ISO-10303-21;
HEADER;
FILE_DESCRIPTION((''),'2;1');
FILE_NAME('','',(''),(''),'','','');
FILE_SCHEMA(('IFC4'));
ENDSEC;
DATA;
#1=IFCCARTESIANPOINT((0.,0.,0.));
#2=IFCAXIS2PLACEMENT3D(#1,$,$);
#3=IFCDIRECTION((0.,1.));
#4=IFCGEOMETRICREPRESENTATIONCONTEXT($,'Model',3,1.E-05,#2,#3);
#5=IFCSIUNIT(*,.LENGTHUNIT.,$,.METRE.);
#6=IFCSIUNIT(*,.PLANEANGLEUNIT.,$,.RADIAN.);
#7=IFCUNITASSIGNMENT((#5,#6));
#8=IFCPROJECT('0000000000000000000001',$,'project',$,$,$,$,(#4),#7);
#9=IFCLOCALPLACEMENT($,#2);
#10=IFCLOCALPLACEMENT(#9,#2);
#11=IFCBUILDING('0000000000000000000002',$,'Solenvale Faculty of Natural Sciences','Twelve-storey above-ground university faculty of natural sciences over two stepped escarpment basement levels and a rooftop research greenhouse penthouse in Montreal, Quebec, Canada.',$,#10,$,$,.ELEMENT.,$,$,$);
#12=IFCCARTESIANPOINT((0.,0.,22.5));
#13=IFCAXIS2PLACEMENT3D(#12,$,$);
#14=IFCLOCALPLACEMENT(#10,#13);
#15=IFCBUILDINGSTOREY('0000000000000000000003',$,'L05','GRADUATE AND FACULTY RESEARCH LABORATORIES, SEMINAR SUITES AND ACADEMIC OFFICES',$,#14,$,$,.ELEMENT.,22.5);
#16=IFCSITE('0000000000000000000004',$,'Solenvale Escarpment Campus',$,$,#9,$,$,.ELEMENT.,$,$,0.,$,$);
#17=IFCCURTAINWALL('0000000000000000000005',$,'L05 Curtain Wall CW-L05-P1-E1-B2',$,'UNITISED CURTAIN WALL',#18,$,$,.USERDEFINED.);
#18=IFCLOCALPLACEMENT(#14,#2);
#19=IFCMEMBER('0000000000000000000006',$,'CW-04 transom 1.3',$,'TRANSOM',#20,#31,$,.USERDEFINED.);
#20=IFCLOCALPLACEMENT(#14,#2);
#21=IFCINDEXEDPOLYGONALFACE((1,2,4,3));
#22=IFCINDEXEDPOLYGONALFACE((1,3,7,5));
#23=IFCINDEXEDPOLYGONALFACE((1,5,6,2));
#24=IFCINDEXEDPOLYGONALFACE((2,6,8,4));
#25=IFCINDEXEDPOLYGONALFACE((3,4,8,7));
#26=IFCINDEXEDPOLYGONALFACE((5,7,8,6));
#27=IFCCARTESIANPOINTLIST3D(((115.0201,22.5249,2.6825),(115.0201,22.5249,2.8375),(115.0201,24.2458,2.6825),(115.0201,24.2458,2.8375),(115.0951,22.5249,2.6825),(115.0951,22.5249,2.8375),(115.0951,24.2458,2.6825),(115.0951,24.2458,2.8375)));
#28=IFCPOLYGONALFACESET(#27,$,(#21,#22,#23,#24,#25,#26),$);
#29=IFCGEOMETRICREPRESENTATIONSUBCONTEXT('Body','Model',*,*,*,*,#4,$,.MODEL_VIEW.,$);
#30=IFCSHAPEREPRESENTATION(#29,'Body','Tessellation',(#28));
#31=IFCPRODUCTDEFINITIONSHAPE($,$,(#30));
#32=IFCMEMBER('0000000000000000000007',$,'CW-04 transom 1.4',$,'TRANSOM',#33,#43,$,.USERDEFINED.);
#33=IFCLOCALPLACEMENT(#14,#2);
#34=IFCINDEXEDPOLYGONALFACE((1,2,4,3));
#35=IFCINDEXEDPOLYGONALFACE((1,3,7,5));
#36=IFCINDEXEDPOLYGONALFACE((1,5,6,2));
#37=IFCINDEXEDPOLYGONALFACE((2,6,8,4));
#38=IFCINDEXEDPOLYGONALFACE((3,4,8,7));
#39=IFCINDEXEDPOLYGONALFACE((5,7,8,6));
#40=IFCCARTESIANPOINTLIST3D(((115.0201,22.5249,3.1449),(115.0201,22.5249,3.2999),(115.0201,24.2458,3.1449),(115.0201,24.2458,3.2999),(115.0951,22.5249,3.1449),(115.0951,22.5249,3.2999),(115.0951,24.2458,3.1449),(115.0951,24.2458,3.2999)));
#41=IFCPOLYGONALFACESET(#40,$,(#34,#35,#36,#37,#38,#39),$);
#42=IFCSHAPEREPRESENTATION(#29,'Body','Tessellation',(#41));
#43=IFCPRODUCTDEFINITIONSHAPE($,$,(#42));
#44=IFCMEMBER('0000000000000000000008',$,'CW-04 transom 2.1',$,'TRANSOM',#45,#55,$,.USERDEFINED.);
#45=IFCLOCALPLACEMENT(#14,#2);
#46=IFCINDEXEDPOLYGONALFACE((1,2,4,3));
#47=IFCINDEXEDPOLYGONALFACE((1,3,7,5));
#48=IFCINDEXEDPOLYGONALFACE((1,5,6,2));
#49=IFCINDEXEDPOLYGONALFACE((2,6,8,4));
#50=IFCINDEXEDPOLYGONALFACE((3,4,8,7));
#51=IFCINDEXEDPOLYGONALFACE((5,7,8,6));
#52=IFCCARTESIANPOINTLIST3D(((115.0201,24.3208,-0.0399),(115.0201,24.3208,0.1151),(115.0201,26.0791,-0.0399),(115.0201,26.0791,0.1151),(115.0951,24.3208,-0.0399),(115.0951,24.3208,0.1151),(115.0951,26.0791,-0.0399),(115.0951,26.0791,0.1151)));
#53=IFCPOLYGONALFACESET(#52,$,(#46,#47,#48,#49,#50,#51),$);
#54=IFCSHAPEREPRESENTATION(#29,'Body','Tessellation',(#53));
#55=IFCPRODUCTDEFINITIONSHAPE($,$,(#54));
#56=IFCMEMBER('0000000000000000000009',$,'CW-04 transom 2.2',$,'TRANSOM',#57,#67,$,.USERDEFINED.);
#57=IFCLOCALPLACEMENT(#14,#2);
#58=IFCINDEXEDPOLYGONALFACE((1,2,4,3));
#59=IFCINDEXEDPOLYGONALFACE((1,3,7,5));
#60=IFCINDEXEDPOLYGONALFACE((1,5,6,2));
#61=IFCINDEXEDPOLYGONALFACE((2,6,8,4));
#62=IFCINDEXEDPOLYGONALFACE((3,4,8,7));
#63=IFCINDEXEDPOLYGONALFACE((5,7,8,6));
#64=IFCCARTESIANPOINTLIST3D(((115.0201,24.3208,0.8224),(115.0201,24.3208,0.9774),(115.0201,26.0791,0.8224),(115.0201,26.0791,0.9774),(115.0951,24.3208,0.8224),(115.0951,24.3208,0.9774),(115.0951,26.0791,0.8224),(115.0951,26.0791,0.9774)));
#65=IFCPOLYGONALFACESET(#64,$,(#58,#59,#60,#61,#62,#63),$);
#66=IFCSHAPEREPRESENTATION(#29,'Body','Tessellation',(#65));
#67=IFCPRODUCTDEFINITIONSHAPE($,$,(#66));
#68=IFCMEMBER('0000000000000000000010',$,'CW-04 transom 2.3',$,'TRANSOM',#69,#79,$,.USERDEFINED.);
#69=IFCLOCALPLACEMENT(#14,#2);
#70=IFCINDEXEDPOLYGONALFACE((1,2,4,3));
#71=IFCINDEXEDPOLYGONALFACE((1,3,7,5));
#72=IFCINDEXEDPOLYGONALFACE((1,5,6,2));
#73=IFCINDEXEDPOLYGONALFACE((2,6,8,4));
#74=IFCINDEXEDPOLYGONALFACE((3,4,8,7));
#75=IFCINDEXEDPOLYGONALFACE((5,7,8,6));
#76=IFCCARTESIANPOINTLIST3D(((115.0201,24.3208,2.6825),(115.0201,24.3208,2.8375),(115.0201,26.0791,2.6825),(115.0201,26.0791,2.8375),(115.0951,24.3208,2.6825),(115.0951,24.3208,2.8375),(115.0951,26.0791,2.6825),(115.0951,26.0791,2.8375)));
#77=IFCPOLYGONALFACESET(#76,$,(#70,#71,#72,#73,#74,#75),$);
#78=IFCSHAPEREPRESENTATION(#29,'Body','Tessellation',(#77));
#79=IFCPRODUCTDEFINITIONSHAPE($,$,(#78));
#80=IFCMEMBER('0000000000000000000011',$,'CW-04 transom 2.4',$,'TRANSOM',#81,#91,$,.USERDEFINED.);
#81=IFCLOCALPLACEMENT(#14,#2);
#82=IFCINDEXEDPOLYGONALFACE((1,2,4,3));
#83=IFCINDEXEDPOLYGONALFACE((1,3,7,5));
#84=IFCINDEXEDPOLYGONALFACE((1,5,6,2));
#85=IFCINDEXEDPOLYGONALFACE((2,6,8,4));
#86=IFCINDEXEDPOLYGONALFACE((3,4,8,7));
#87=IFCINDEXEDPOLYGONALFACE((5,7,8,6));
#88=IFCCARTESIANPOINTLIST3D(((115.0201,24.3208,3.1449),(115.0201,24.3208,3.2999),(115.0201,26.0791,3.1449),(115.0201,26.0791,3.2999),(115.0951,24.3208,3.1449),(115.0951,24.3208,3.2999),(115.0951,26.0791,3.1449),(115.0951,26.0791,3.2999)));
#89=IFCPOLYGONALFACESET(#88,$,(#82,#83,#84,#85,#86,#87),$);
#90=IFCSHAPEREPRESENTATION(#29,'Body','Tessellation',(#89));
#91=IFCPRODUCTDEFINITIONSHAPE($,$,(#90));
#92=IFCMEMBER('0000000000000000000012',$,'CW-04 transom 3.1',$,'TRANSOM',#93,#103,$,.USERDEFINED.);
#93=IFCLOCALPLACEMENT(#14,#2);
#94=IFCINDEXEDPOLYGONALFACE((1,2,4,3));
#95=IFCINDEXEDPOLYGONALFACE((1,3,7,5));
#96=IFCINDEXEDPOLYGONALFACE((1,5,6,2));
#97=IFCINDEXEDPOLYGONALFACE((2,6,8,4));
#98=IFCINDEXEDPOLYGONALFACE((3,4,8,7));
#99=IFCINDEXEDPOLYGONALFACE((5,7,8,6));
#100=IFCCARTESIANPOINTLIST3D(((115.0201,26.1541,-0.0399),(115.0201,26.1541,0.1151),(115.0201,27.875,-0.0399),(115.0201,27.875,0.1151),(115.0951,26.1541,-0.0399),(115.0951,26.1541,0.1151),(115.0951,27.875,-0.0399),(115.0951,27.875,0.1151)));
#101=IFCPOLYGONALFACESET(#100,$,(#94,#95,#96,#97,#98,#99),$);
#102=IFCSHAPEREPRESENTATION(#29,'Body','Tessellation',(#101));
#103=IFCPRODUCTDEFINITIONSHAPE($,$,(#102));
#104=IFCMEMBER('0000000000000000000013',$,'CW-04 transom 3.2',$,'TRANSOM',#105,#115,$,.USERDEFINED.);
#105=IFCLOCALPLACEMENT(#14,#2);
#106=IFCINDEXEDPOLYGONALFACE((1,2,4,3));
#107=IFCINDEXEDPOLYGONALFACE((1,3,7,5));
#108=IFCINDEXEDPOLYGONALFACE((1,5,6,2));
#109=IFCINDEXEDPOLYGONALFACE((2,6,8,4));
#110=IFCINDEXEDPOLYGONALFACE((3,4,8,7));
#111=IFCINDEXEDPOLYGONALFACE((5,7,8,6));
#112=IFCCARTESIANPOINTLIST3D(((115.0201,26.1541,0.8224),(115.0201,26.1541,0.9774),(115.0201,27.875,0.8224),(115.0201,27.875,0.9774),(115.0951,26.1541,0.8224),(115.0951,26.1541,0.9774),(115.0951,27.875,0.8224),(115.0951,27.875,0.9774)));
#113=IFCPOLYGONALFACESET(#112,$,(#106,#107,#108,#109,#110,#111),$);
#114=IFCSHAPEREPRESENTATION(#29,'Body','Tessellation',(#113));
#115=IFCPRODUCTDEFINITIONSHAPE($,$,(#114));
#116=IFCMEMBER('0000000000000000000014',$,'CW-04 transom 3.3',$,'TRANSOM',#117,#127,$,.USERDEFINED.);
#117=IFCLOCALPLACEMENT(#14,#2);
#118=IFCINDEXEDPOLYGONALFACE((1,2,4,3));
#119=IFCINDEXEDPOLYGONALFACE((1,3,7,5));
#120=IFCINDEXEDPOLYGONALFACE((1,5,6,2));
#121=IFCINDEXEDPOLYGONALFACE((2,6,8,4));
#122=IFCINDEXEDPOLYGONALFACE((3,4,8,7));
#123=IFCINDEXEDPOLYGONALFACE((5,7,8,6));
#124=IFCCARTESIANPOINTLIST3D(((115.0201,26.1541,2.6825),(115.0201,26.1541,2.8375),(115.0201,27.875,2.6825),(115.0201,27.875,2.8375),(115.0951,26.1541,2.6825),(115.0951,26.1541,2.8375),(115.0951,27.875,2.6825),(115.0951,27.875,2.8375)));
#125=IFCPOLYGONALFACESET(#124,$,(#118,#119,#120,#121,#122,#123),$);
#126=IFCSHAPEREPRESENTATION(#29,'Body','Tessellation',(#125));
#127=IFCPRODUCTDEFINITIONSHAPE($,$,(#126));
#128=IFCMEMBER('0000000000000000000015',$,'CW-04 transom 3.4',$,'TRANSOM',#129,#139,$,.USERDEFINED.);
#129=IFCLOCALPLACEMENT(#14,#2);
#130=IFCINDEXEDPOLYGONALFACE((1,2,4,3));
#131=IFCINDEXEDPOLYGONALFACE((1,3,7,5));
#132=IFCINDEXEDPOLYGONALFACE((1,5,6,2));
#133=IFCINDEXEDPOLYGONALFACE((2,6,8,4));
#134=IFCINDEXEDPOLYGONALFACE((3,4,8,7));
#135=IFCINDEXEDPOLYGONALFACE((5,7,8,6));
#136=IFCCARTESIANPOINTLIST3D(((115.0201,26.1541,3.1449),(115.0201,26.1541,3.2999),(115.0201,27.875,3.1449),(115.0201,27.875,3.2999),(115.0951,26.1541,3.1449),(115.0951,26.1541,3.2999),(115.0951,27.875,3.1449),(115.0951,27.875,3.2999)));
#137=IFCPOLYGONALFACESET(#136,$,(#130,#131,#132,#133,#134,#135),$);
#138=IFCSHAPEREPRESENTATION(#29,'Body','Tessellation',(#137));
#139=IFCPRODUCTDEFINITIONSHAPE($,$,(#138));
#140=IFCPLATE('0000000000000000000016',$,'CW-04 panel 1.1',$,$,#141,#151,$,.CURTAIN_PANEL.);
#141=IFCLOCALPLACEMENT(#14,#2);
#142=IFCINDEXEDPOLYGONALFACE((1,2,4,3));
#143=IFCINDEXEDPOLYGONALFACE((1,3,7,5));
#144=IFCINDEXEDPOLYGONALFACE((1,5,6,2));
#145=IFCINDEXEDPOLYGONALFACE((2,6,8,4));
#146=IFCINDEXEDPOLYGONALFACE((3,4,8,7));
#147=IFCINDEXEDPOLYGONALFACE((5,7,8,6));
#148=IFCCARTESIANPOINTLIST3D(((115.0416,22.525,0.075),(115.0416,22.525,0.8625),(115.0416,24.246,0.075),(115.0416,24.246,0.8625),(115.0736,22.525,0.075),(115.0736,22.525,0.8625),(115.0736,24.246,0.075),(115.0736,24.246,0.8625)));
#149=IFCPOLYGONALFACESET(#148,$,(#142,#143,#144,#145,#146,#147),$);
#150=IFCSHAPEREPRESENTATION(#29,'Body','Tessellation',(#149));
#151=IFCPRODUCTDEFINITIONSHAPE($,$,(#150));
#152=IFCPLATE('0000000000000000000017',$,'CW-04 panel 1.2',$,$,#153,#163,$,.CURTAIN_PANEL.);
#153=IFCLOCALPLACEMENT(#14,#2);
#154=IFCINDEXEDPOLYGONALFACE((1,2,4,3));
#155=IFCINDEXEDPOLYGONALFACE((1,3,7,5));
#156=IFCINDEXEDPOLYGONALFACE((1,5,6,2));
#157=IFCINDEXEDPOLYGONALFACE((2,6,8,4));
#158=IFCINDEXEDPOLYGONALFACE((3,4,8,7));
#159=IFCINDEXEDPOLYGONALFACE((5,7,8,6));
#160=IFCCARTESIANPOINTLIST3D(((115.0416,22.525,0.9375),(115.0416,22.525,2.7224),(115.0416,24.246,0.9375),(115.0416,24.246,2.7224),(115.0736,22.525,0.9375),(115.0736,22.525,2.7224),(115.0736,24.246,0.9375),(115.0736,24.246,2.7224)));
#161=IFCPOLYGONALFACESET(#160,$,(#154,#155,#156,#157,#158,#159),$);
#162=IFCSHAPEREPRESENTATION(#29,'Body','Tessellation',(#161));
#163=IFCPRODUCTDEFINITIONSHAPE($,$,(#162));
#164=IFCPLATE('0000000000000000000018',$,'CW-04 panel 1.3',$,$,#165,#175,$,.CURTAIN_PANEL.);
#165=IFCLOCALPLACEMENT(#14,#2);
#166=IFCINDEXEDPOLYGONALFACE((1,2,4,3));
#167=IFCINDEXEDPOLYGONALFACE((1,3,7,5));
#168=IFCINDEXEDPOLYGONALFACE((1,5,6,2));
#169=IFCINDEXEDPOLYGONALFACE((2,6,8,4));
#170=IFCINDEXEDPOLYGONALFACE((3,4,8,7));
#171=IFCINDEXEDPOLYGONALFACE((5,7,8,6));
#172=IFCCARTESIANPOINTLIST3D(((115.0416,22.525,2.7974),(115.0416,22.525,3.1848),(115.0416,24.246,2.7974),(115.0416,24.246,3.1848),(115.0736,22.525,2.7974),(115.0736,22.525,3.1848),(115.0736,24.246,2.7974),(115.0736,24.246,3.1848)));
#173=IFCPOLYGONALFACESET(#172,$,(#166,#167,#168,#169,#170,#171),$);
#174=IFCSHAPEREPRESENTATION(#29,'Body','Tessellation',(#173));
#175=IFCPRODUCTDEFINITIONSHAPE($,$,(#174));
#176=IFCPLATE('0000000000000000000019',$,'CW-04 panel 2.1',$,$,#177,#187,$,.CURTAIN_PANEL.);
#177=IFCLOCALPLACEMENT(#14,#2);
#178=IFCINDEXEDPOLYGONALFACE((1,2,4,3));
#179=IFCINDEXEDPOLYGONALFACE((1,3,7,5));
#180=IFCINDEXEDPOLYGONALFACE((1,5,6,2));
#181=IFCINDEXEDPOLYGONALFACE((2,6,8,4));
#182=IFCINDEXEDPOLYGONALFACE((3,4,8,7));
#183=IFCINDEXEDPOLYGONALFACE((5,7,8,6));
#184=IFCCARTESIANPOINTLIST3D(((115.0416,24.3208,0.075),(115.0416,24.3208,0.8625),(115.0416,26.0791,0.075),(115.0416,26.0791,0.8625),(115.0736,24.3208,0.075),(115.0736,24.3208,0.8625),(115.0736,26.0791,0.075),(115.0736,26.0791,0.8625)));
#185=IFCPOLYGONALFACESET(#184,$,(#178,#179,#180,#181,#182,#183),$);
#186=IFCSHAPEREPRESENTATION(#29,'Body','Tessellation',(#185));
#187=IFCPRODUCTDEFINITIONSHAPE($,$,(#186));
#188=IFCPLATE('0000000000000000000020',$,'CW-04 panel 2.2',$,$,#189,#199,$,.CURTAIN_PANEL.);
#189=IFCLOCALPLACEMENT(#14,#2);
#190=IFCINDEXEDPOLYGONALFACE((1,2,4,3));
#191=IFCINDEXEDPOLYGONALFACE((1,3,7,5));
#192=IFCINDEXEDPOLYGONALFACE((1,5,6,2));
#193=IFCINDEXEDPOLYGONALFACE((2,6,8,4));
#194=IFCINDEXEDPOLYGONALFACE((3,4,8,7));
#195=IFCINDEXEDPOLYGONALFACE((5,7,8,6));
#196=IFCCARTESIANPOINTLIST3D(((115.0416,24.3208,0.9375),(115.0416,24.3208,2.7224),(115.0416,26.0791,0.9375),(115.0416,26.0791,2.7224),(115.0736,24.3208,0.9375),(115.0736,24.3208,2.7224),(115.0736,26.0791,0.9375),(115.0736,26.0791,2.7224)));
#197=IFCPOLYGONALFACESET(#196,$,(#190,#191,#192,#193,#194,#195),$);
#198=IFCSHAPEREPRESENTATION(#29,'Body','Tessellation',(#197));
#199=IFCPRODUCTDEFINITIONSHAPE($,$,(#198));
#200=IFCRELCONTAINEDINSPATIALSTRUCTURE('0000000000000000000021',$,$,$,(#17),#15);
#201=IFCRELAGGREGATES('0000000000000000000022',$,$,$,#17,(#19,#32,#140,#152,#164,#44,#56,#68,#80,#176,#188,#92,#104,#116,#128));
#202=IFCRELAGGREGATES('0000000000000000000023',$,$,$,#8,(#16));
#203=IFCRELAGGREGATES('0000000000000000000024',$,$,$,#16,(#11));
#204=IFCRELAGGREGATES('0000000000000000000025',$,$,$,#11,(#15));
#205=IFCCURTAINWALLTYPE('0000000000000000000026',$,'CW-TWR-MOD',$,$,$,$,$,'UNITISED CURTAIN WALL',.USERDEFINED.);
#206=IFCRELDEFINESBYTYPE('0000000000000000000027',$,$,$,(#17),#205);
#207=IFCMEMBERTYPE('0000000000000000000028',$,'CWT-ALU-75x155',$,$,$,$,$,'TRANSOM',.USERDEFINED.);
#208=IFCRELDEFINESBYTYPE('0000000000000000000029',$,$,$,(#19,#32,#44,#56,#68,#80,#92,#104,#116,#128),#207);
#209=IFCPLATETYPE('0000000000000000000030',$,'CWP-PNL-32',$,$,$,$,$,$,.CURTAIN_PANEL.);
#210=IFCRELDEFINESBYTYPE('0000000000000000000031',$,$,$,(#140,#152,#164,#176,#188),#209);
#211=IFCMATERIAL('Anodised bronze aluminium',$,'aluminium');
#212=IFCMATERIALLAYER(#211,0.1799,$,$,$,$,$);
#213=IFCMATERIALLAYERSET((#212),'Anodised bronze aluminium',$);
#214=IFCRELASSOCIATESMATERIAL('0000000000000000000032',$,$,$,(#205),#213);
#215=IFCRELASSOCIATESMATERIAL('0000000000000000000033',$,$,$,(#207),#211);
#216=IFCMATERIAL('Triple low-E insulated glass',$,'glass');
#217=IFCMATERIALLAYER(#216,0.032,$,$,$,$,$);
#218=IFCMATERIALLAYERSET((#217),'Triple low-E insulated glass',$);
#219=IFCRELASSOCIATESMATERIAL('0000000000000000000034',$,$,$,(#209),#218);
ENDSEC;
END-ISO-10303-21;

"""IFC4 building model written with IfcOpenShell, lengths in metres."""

from ifc_helpers import new_model, si_unit, direction, frame, origin, origin_2d, place, context, subcontext, project, spatial, rectangle, extrude, material, layer, layer_set, material_profile, profile_set, type_object, element, aggregate, save


model = new_model("IFC4")

# Units and contexts
model_context = context("Model", 3, precision=1e-05, world=origin(), true_north=direction((0.0, 1.0)))
body_context = subcontext(model_context, "Body", "Model", "MODEL_VIEW")
ifc_project = project(units=[si_unit("LENGTHUNIT", "METRE"), si_unit("PLANEANGLEUNIT", "RADIAN")], contexts=[model_context])

# Site, building, storey
site_placement = place(None, origin())
site = spatial("IfcSite", under=ifc_project, at=site_placement, Name="Solenvale Escarpment Campus", CompositionType="ELEMENT", RefElevation=0.0)
building_placement = place(site_placement, origin())
building = spatial("IfcBuilding", under=site, at=building_placement, Name="Solenvale Faculty of Natural Sciences", Description="Twelve-storey above-ground university faculty of natural sciences over two stepped escarpment basement levels and a rooftop research greenhouse penthouse in Montreal, Quebec, Canada.", CompositionType="ELEMENT")
storey_placement = place(building_placement, frame((0.0, 0.0, 22.5)))
storey = spatial("IfcBuildingStorey", under=building, at=storey_placement, Name="L05", Description="GRADUATE AND FACULTY RESEARCH LABORATORIES, SEMINAR SUITES AND ACADEMIC OFFICES", CompositionType="ELEMENT", Elevation=22.5)

# Curtain wall
ifc_material_1 = material(Name="Anodised bronze aluminium", Category="aluminium")
ifc_layer_1 = layer(ifc_material_1, 0.1799)
ifc_layer_set_1 = layer_set([ifc_layer_1], Name="Anodised bronze aluminium")
curtain_wall_type_1 = type_object("IfcCurtainWallType", Name="CW-TWR-MOD", ElementType="UNITISED CURTAIN WALL", PredefinedType="USERDEFINED", material=ifc_layer_set_1)
curtain_wall_1_placement = place(storey_placement, origin())
curtain_wall_1 = element("IfcCurtainWall", 1, at=curtain_wall_1_placement, inside=storey, type_object=curtain_wall_type_1, Name="L05 Curtain Wall CW-L05-P1-E1-B2", ObjectType="UNITISED CURTAIN WALL", PredefinedType="USERDEFINED")

# Members
ifc_material_profile_1 = material_profile(ifc_material_1, rectangle(XDim=0.075, YDim=0.155, at=origin_2d()), Name="ALU-TRN-75x155")
ifc_profile_set_1 = profile_set([ifc_material_profile_1], Name="Anodised bronze aluminium")
member_type_1 = type_object("IfcMemberType", Name="CWT-ALU-75x155", ElementType="TRANSOM", PredefinedType="USERDEFINED", material=ifc_profile_set_1)
member_1_placement = place(storey_placement, frame((115.0576, 22.5249, 2.76), z_axis=(0.0, 1.0, 0.0), x_axis=(-1.0, 0.0, 0.0)))
member_1 = element("IfcMember", 2, at=member_1_placement, type_object=member_type_1, Name="CW-04 transom 1.3", ObjectType="TRANSOM", PredefinedType="USERDEFINED", context=body_context, shape_type="SweptSolid", body=[
    extrude(rectangle(XDim=0.075, YDim=0.155, at=origin_2d()), origin(), (0.0, 0.0, 1.0), 1.7209),
])
member_2_placement = place(storey_placement, frame((115.0576, 22.5249, 3.2224), z_axis=(0.0, 1.0, 0.0), x_axis=(-1.0, 0.0, 0.0)))
member_2 = element("IfcMember", 3, at=member_2_placement, type_object=member_type_1, Name="CW-04 transom 1.4", ObjectType="TRANSOM", PredefinedType="USERDEFINED", context=body_context, shape_type="SweptSolid", body=[
    extrude(rectangle(XDim=0.075, YDim=0.155, at=origin_2d()), origin(), (0.0, 0.0, 1.0), 1.7209),
])
member_3_placement = place(storey_placement, frame((115.0576, 24.3208, 0.0376), z_axis=(0.0, 1.0, 0.0), x_axis=(-1.0, 0.0, 0.0)))
member_3 = element("IfcMember", 4, at=member_3_placement, type_object=member_type_1, Name="CW-04 transom 2.1", ObjectType="TRANSOM", PredefinedType="USERDEFINED", context=body_context, shape_type="SweptSolid", body=[
    extrude(rectangle(XDim=0.075, YDim=0.155, at=origin_2d()), origin(), (0.0, 0.0, 1.0), 1.7583),
])
member_4_placement = place(storey_placement, frame((115.0576, 24.3208, 0.8999), z_axis=(0.0, 1.0, 0.0), x_axis=(-1.0, 0.0, 0.0)))
member_4 = element("IfcMember", 5, at=member_4_placement, type_object=member_type_1, Name="CW-04 transom 2.2", ObjectType="TRANSOM", PredefinedType="USERDEFINED", context=body_context, shape_type="SweptSolid", body=[
    extrude(rectangle(XDim=0.075, YDim=0.155, at=origin_2d()), origin(), (0.0, 0.0, 1.0), 1.7583),
])
member_5_placement = place(storey_placement, frame((115.0576, 24.3208, 2.76), z_axis=(0.0, 1.0, 0.0), x_axis=(-1.0, 0.0, 0.0)))
member_5 = element("IfcMember", 6, at=member_5_placement, type_object=member_type_1, Name="CW-04 transom 2.3", ObjectType="TRANSOM", PredefinedType="USERDEFINED", context=body_context, shape_type="SweptSolid", body=[
    extrude(rectangle(XDim=0.075, YDim=0.155, at=origin_2d()), origin(), (0.0, 0.0, 1.0), 1.7583),
])
member_6_placement = place(storey_placement, frame((115.0576, 24.3208, 3.2224), z_axis=(0.0, 1.0, 0.0), x_axis=(-1.0, 0.0, 0.0)))
member_6 = element("IfcMember", 7, at=member_6_placement, type_object=member_type_1, Name="CW-04 transom 2.4", ObjectType="TRANSOM", PredefinedType="USERDEFINED", context=body_context, shape_type="SweptSolid", body=[
    extrude(rectangle(XDim=0.075, YDim=0.155, at=origin_2d()), origin(), (0.0, 0.0, 1.0), 1.7583),
])
member_7_placement = place(storey_placement, frame((115.0576, 26.1541, 0.0376), z_axis=(0.0, 1.0, 0.0), x_axis=(-1.0, 0.0, 0.0)))
member_7 = element("IfcMember", 8, at=member_7_placement, type_object=member_type_1, Name="CW-04 transom 3.1", ObjectType="TRANSOM", PredefinedType="USERDEFINED", context=body_context, shape_type="SweptSolid", body=[
    extrude(rectangle(XDim=0.075, YDim=0.155, at=origin_2d()), origin(), (0.0, 0.0, 1.0), 1.7209),
])
member_8_placement = place(storey_placement, frame((115.0576, 26.1541, 0.8999), z_axis=(0.0, 1.0, 0.0), x_axis=(-1.0, 0.0, 0.0)))
member_8 = element("IfcMember", 9, at=member_8_placement, type_object=member_type_1, Name="CW-04 transom 3.2", ObjectType="TRANSOM", PredefinedType="USERDEFINED", context=body_context, shape_type="SweptSolid", body=[
    extrude(rectangle(XDim=0.075, YDim=0.155, at=origin_2d()), origin(), (0.0, 0.0, 1.0), 1.7209),
])
member_9_placement = place(storey_placement, frame((115.0576, 26.1541, 2.76), z_axis=(0.0, 1.0, 0.0), x_axis=(-1.0, 0.0, 0.0)))
member_9 = element("IfcMember", 10, at=member_9_placement, type_object=member_type_1, Name="CW-04 transom 3.3", ObjectType="TRANSOM", PredefinedType="USERDEFINED", context=body_context, shape_type="SweptSolid", body=[
    extrude(rectangle(XDim=0.075, YDim=0.155, at=origin_2d()), origin(), (0.0, 0.0, 1.0), 1.7209),
])
member_10_placement = place(storey_placement, frame((115.0576, 26.1541, 3.2224), z_axis=(0.0, 1.0, 0.0), x_axis=(-1.0, 0.0, 0.0)))
member_10 = element("IfcMember", 11, at=member_10_placement, type_object=member_type_1, Name="CW-04 transom 3.4", ObjectType="TRANSOM", PredefinedType="USERDEFINED", context=body_context, shape_type="SweptSolid", body=[
    extrude(rectangle(XDim=0.075, YDim=0.155, at=origin_2d()), origin(), (0.0, 0.0, 1.0), 1.7209),
])

# Plates
ifc_material_2 = material(Name="Triple low-E insulated glass", Category="glass")
ifc_layer_2 = layer(ifc_material_2, 0.032)
ifc_layer_set_2 = layer_set([ifc_layer_2], Name="Triple low-E insulated glass")
plate_type = type_object("IfcPlateType", Name="CWP-PNL-32", PredefinedType="CURTAIN_PANEL", material=ifc_layer_set_2)
plate_1_placement = place(storey_placement, frame((115.0576, 23.3855, 0.075), z_axis=(0.0, 0.0, 1.0), x_axis=(0.0, 1.0, 0.0)))
plate_1 = element("IfcPlate", 12, at=plate_1_placement, type_object=plate_type, Name="CW-04 panel 1.1", PredefinedType="CURTAIN_PANEL", context=body_context, shape_type="SweptSolid", body=[
    extrude(rectangle(XDim=1.7209, YDim=0.032, at=origin_2d()), origin(), (0.0, 0.0, 1.0), 0.7876),
])
plate_2_placement = place(storey_placement, frame((115.0576, 23.3855, 0.9375), z_axis=(0.0, 0.0, 1.0), x_axis=(0.0, 1.0, 0.0)))
plate_2 = element("IfcPlate", 13, at=plate_2_placement, type_object=plate_type, Name="CW-04 panel 1.2", PredefinedType="CURTAIN_PANEL", context=body_context, shape_type="SweptSolid", body=[
    extrude(rectangle(XDim=1.7209, YDim=0.032, at=origin_2d()), origin(), (0.0, 0.0, 1.0), 1.7849),
])
plate_3_placement = place(storey_placement, frame((115.0576, 23.3855, 2.7974), z_axis=(0.0, 0.0, 1.0), x_axis=(0.0, 1.0, 0.0)))
plate_3 = element("IfcPlate", 14, at=plate_3_placement, type_object=plate_type, Name="CW-04 panel 1.3", PredefinedType="CURTAIN_PANEL", context=body_context, shape_type="SweptSolid", body=[
    extrude(rectangle(XDim=1.7209, YDim=0.032, at=origin_2d()), origin(), (0.0, 0.0, 1.0), 0.3875),
])
plate_4_placement = place(storey_placement, frame((115.0576, 25.2, 0.075), z_axis=(0.0, 0.0, 1.0), x_axis=(0.0, 1.0, 0.0)))
plate_4 = element("IfcPlate", 15, at=plate_4_placement, type_object=plate_type, Name="CW-04 panel 2.1", PredefinedType="CURTAIN_PANEL", context=body_context, shape_type="SweptSolid", body=[
    extrude(rectangle(XDim=1.7583, YDim=0.032, at=origin_2d()), origin(), (0.0, 0.0, 1.0), 0.7876),
])
plate_5_placement = place(storey_placement, frame((115.0576, 25.2, 0.9375), z_axis=(0.0, 0.0, 1.0), x_axis=(0.0, 1.0, 0.0)))
plate_5 = element("IfcPlate", 16, at=plate_5_placement, type_object=plate_type, Name="CW-04 panel 2.2", PredefinedType="CURTAIN_PANEL", context=body_context, shape_type="SweptSolid", body=[
    extrude(rectangle(XDim=1.7583, YDim=0.032, at=origin_2d()), origin(), (0.0, 0.0, 1.0), 1.7849),
])
aggregate(curtain_wall_1, [member_1, member_2, plate_1, plate_2, plate_3, member_3, member_4, member_5, member_6, plate_4, plate_5, member_7, member_8, member_9, member_10])

save(model, "model.ifc")
